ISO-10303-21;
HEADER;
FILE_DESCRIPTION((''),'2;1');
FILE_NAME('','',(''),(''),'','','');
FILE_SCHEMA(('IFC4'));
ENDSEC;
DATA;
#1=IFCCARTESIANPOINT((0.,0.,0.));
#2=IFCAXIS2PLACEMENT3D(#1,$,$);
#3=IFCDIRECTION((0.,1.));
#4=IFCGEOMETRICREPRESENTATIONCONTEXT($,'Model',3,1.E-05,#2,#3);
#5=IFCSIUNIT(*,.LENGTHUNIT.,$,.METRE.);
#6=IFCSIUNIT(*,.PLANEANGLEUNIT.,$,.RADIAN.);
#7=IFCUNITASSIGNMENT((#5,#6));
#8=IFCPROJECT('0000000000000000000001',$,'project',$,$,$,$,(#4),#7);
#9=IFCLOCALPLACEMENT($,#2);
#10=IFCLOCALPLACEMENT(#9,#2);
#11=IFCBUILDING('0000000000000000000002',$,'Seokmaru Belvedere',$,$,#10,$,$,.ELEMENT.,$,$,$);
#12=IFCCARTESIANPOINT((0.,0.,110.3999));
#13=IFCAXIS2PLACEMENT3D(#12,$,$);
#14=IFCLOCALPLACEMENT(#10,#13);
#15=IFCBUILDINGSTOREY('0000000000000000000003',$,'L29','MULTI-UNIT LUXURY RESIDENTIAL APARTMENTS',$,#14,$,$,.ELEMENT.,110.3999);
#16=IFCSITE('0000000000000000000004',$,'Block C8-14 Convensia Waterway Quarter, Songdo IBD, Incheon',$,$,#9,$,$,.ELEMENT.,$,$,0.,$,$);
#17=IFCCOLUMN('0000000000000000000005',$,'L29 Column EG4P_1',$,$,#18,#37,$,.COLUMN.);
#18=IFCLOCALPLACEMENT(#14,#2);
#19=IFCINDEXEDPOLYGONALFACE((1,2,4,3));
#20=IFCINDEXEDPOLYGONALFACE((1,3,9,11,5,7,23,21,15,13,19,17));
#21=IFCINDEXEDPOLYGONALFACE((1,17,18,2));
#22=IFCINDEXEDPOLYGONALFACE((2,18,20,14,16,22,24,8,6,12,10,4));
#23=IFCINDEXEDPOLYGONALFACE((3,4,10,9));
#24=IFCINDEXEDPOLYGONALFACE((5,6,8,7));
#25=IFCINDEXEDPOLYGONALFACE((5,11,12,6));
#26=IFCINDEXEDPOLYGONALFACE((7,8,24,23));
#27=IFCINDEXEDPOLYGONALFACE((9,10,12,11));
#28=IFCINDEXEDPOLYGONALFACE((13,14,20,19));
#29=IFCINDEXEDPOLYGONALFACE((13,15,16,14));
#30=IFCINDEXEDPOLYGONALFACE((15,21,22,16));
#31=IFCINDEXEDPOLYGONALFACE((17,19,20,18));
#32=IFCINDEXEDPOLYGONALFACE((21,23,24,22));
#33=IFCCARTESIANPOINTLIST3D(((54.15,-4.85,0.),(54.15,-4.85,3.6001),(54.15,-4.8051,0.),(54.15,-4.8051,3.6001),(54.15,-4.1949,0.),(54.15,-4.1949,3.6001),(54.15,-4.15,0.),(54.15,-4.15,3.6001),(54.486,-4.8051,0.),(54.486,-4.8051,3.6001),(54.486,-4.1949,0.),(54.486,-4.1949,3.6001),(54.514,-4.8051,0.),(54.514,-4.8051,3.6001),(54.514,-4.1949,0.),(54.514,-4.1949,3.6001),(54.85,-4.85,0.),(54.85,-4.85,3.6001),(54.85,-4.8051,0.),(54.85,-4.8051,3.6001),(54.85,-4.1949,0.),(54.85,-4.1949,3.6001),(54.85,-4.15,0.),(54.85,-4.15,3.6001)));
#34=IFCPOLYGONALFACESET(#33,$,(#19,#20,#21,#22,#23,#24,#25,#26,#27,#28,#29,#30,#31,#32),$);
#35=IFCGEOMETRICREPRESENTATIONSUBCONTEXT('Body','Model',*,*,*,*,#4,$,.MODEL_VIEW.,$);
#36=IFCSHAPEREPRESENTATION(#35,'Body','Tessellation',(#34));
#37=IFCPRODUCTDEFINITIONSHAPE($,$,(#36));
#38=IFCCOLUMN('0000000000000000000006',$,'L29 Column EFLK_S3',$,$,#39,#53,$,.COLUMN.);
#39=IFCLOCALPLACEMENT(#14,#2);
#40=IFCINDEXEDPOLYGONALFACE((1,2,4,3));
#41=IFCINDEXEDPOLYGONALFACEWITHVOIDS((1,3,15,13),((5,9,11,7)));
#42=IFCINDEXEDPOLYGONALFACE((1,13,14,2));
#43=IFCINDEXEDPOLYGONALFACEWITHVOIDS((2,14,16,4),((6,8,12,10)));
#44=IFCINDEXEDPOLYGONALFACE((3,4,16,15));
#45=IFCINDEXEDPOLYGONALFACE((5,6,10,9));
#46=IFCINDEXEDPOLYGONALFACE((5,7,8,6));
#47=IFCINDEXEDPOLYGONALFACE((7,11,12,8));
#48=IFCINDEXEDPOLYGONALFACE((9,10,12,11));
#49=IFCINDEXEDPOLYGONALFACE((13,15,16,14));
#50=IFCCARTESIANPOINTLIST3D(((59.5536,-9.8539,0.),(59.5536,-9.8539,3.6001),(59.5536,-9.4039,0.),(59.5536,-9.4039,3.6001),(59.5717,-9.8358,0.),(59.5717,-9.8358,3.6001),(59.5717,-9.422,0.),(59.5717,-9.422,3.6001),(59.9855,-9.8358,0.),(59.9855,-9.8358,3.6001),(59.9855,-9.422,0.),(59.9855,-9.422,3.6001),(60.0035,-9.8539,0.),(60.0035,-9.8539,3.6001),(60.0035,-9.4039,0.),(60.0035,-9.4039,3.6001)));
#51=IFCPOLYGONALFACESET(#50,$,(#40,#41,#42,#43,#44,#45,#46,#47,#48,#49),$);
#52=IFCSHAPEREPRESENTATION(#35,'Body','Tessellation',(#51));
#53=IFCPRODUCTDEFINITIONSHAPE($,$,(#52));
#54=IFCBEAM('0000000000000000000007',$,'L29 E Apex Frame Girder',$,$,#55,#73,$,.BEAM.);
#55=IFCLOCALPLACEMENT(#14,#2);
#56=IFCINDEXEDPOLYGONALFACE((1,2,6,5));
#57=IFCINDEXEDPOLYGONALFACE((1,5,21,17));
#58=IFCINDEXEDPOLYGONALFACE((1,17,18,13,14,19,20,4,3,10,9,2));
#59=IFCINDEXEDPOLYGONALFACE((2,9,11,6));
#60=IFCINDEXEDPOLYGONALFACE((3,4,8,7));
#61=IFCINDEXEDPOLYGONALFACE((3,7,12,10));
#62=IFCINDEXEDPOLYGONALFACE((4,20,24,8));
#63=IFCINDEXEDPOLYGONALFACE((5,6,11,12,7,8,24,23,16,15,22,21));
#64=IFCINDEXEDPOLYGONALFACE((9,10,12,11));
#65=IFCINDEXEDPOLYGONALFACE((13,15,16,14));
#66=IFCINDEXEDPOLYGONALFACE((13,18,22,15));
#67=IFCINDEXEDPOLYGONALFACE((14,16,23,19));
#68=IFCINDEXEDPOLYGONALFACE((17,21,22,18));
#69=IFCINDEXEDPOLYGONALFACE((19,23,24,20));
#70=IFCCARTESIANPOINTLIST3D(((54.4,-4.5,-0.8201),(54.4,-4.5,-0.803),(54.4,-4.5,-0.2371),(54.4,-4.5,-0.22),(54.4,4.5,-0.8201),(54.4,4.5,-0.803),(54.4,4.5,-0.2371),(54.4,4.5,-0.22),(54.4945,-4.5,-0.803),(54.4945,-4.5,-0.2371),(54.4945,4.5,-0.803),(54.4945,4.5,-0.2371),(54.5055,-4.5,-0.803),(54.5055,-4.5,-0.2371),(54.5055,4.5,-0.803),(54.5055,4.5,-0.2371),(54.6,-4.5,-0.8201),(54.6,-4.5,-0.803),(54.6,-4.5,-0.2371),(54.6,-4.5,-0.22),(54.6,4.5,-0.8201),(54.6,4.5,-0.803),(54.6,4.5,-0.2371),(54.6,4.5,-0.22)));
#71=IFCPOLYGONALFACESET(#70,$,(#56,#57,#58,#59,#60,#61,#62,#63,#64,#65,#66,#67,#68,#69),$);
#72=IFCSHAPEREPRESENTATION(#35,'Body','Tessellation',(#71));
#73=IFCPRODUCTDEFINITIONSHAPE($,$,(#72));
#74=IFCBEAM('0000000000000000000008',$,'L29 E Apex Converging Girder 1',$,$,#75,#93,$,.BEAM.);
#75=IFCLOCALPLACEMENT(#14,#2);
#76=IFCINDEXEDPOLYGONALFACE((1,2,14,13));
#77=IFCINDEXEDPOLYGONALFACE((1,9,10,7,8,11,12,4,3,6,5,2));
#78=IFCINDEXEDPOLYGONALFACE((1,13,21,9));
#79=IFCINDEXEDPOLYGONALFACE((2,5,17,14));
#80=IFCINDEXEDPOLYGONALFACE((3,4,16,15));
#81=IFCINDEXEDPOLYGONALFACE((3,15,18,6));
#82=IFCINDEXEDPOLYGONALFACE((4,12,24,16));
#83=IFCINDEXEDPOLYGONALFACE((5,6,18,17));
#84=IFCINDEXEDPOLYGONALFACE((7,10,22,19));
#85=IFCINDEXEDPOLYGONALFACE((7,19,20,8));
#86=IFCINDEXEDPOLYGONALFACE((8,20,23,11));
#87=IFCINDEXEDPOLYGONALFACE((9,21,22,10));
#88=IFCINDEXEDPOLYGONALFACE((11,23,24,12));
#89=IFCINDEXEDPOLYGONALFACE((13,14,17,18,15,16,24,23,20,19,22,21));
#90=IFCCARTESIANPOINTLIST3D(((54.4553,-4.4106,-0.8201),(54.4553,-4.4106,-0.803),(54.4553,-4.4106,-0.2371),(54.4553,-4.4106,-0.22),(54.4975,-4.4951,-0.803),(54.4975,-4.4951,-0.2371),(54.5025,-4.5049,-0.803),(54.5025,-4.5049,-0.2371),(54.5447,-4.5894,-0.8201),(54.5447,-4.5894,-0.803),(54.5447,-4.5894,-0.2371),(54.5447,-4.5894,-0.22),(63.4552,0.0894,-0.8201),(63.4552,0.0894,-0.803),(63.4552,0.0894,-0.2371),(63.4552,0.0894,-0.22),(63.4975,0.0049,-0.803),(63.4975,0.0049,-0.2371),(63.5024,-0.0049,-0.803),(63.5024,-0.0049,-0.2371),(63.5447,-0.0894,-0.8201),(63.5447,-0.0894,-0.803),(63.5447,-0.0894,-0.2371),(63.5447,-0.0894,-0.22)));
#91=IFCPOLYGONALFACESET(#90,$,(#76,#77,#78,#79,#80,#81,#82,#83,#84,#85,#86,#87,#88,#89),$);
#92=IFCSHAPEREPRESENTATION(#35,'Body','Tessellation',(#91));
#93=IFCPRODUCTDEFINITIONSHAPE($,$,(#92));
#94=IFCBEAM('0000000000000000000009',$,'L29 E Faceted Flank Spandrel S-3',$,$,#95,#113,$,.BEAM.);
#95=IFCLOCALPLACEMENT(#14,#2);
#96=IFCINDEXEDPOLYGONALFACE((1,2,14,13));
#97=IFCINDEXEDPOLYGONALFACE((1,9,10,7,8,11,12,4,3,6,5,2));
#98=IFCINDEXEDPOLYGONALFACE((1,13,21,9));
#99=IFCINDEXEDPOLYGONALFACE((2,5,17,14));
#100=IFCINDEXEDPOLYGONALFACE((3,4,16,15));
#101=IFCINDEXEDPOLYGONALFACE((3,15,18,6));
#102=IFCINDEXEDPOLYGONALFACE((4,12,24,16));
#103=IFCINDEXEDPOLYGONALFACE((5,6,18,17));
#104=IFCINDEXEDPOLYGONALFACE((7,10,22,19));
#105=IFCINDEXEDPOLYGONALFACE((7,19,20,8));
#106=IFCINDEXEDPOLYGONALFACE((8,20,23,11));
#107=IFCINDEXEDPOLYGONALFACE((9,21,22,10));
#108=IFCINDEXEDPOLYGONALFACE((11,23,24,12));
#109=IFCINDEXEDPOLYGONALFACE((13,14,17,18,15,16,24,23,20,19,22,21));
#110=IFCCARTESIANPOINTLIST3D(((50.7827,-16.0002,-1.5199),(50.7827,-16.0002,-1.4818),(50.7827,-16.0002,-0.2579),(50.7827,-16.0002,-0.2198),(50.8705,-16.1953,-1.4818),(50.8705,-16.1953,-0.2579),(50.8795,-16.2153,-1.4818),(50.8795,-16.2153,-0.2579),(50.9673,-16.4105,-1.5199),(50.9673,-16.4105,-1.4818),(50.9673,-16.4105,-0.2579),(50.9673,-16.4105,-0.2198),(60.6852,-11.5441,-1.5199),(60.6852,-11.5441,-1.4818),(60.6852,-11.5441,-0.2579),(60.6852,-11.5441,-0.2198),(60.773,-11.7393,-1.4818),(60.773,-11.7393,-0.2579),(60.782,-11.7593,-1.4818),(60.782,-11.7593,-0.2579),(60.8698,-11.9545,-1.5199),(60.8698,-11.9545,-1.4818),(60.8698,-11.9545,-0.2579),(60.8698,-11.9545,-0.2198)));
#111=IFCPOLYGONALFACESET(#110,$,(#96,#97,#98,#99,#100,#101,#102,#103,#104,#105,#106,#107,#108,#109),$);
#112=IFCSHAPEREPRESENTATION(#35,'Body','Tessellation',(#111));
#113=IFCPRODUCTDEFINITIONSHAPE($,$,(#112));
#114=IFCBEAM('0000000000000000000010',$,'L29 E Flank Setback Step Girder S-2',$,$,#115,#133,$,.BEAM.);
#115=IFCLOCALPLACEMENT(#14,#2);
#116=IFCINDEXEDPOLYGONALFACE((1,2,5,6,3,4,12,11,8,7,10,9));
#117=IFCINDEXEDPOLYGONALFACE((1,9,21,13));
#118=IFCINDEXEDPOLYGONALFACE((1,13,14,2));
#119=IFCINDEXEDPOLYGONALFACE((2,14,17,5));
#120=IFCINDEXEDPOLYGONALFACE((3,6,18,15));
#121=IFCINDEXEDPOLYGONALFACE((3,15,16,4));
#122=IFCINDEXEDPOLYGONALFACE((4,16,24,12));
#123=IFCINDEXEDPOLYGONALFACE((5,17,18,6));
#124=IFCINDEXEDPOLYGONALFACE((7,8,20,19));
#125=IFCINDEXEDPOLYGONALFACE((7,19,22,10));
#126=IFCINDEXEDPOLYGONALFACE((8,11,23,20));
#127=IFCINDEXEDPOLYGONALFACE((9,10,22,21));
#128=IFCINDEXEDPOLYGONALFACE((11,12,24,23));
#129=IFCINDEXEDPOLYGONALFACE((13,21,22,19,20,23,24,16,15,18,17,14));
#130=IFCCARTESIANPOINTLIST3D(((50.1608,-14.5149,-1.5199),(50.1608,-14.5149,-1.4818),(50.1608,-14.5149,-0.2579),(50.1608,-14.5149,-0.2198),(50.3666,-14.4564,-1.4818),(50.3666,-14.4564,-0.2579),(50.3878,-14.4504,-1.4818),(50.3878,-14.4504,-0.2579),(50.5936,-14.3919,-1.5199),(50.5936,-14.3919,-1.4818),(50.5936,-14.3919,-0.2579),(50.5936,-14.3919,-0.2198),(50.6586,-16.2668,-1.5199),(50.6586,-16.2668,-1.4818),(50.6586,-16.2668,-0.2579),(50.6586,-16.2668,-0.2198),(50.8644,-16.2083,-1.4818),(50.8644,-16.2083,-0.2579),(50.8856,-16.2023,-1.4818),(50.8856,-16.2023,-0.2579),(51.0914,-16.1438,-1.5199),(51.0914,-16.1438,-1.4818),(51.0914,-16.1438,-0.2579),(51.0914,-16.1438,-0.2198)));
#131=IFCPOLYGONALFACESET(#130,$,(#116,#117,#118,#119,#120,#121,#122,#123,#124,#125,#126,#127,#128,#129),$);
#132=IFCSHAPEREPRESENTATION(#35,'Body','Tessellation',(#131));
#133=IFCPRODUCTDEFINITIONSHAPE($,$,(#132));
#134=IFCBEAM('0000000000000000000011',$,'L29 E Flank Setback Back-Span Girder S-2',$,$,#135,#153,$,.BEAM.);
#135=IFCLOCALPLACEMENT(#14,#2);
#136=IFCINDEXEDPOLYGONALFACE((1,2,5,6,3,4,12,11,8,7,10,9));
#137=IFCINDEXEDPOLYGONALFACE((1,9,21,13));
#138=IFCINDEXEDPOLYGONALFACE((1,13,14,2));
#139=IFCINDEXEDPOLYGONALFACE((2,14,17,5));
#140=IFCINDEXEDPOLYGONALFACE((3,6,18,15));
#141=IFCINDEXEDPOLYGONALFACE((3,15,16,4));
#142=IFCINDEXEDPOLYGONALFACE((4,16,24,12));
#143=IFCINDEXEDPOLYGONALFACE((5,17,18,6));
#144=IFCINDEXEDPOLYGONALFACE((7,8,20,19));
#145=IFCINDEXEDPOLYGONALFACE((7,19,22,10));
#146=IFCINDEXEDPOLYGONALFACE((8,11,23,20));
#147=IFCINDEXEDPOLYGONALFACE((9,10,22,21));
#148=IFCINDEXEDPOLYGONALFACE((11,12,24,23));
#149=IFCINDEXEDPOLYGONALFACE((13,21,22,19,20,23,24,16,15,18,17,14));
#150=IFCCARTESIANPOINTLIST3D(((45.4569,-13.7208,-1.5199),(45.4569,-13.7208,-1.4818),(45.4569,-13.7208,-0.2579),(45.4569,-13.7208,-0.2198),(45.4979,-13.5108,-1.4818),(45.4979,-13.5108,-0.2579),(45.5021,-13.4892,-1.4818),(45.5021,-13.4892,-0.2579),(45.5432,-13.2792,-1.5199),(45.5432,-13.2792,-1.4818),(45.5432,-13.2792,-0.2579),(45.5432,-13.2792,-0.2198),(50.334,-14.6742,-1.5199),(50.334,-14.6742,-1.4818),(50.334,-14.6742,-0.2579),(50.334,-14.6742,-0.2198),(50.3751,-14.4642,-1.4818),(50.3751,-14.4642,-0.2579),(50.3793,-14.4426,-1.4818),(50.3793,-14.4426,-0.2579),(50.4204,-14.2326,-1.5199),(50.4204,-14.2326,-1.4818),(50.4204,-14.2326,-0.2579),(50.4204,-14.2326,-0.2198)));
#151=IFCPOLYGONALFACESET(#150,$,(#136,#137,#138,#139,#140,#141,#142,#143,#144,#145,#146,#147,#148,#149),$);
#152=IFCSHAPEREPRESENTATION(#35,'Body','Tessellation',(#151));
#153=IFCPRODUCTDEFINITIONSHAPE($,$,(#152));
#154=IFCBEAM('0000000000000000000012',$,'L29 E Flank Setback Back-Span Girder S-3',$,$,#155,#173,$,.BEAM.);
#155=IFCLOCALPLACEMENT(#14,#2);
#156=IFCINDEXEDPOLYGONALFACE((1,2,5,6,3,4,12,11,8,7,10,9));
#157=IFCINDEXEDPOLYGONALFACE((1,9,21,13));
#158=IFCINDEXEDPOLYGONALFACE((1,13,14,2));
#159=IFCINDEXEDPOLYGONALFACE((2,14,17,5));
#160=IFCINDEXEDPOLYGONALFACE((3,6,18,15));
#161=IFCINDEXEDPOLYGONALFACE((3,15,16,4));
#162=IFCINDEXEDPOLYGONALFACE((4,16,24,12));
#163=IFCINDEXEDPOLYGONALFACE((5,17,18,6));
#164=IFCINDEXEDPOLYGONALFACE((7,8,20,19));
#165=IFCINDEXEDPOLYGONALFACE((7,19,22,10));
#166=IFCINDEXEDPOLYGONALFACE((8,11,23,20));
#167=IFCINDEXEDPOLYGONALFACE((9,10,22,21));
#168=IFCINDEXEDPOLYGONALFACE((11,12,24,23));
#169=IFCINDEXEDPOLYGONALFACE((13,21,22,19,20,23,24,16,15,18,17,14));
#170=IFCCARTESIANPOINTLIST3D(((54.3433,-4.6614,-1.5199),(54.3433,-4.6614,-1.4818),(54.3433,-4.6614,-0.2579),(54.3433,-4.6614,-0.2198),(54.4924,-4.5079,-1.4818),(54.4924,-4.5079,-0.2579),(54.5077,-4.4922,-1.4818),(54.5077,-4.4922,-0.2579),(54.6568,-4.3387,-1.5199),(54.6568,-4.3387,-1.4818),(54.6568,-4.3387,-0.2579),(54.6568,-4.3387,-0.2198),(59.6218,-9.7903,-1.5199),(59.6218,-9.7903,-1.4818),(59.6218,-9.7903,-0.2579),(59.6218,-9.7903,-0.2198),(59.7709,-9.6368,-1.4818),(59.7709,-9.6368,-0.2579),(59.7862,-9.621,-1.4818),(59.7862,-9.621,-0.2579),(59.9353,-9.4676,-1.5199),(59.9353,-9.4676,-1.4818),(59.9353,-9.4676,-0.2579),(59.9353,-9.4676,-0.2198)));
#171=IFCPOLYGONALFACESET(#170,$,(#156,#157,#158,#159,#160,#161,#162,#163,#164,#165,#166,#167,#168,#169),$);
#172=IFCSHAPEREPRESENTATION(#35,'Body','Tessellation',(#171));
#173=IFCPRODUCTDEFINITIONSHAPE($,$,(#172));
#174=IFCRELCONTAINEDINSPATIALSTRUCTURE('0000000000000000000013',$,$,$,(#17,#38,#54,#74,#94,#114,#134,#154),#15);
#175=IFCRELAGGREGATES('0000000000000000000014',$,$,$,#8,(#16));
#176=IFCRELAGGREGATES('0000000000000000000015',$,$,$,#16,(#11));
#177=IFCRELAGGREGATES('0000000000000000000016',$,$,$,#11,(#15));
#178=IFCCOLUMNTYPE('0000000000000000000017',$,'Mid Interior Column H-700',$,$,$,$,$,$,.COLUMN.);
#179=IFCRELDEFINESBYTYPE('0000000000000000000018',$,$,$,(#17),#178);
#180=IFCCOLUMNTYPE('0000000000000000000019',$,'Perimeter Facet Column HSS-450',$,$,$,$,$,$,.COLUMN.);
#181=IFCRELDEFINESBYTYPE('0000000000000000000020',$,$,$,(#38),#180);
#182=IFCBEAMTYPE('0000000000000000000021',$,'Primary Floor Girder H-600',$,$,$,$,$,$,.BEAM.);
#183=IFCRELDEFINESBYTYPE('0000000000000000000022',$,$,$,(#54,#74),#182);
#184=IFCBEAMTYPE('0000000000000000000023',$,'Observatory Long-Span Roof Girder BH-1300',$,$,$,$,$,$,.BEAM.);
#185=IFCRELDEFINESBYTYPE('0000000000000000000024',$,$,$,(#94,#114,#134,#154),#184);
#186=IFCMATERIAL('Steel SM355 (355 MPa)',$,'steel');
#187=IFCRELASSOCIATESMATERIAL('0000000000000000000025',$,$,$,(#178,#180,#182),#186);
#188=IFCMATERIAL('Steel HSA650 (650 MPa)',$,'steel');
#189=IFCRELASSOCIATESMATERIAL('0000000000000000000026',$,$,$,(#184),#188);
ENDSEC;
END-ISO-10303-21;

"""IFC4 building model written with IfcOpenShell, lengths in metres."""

from ifc_helpers import new_model, si_unit, direction, frame, origin, origin_2d, place, context, subcontext, project, spatial, hollow_rectangle, i_section, extrude, source, transform, mapped, material, material_profile, profile_set, type_object, type_shapes, element, save


model = new_model("IFC4")

# Units and contexts
model_context = context("Model", 3, precision=1e-05, world=origin(), true_north=direction((0.0, 1.0)))
body_context = subcontext(model_context, "Body", "Model", "MODEL_VIEW")
ifc_project = project(units=[si_unit("LENGTHUNIT", "METRE"), si_unit("PLANEANGLEUNIT", "RADIAN")], contexts=[model_context])

# Site, building, storey
site_placement = place(None, origin())
site = spatial("IfcSite", under=ifc_project, at=site_placement, Name="Block C8-14 Convensia Waterway Quarter, Songdo IBD, Incheon", CompositionType="ELEMENT", RefElevation=0.0)
building_placement = place(site_placement, origin())
building = spatial("IfcBuilding", under=site, at=building_placement, Name="Seokmaru Belvedere", CompositionType="ELEMENT")
storey_placement = place(building_placement, frame((0.0, 0.0, 110.3999)))
storey = spatial("IfcBuildingStorey", under=building, at=storey_placement, Name="L29", Description="MULTI-UNIT LUXURY RESIDENTIAL APARTMENTS", CompositionType="ELEMENT", Elevation=110.3999)

# Columns
ifc_material_1 = material(Name="Steel SM355 (355 MPa)", Category="steel")
ifc_material_profile_1 = material_profile(ifc_material_1, i_section(OverallWidth=0.7, OverallDepth=0.7, WebThickness=0.0281, FlangeThickness=0.0449, at=origin_2d()), Name="H-700x700x28x45")
ifc_profile_set_1 = profile_set([ifc_material_profile_1], Name="Steel SM355 (355 MPa)")
column_type_1 = type_object("IfcColumnType", Name="Mid Interior Column H-700", PredefinedType="COLUMN", material=ifc_profile_set_1)
shared_shape_1 = source(origin(), body_context, "Body", "SweptSolid", [
    extrude(i_section(OverallWidth=0.7, OverallDepth=0.7, WebThickness=0.0281, FlangeThickness=0.0449, at=origin_2d()), origin(), (0.0, 0.0, 1.0), 3.6001),
])
type_shapes(column_type_1, [shared_shape_1])
column_1_placement = place(storey_placement, frame((54.5, -4.5, 0.0), z_axis=(0.0, 0.0, 1.0), x_axis=(1.0, 0.0, 0.0)))
element("IfcColumn", 1, at=column_1_placement, inside=storey, type_object=column_type_1, Name="L29 Column EG4P_1", PredefinedType="COLUMN", context=body_context, shape_type="MappedRepresentation", body=[
    mapped(shared_shape_1, transform((0.0, 0.0, 0.0), scale=1.0)),
])
ifc_material_profile_2 = material_profile(ifc_material_1, hollow_rectangle(XDim=0.45, YDim=0.45, WallThickness=0.0181, at=origin_2d()), Name="HSS-450x450x18")
ifc_profile_set_2 = profile_set([ifc_material_profile_2], Name="Steel SM355 (355 MPa)")
column_type_2 = type_object("IfcColumnType", Name="Perimeter Facet Column HSS-450", PredefinedType="COLUMN", material=ifc_profile_set_2)
shared_shape_2 = source(origin(), body_context, "Body", "SweptSolid", [
    extrude(hollow_rectangle(XDim=0.45, YDim=0.45, WallThickness=0.0181, at=origin_2d()), origin(), (0.0, 0.0, 1.0), 3.6001),
])
type_shapes(column_type_2, [shared_shape_2])
column_2_placement = place(storey_placement, frame((59.7786, -9.6289, 0.0), z_axis=(0.0, 0.0, 1.0), x_axis=(1.0, 0.0, 0.0)))
element("IfcColumn", 2, at=column_2_placement, inside=storey, type_object=column_type_2, Name="L29 Column EFLK_S3", PredefinedType="COLUMN", context=body_context, shape_type="MappedRepresentation", body=[
    mapped(shared_shape_2, transform((0.0, 0.0, 0.0), scale=1.0)),
])

# Beams
ifc_material_profile_3 = material_profile(ifc_material_1, i_section(OverallWidth=0.2, OverallDepth=0.6001, WebThickness=0.011, FlangeThickness=0.0171, at=origin_2d()), Name="H-600x200x11x17")
ifc_profile_set_3 = profile_set([ifc_material_profile_3], Name="Steel SM355 (355 MPa)")
beam_type_1 = type_object("IfcBeamType", Name="Primary Floor Girder H-600", PredefinedType="BEAM", material=ifc_profile_set_3)
shared_shape_3 = source(origin(), body_context, "Body", "SweptSolid", [
    extrude(i_section(OverallWidth=0.2, OverallDepth=0.6001, WebThickness=0.011, FlangeThickness=0.0171, at=origin_2d()), origin(), (0.0, 0.0, 1.0), 9.0),
])
beam_1_placement = place(storey_placement, frame((54.5, -4.5, -0.52), z_axis=(0.0, 1.0, 0.0), x_axis=(-1.0, 0.0, 0.0)))
element("IfcBeam", 3, at=beam_1_placement, inside=storey, type_object=beam_type_1, Name="L29 E Apex Frame Girder", PredefinedType="BEAM", context=body_context, shape_type="MappedRepresentation", body=[
    mapped(shared_shape_3, transform((0.0, 0.0, 0.0), scale=1.0)),
])
shared_shape_4 = source(origin(), body_context, "Body", "SweptSolid", [
    extrude(i_section(OverallWidth=0.2, OverallDepth=0.6001, WebThickness=0.011, FlangeThickness=0.0171, at=origin_2d()), origin(), (0.0, 0.0, 1.0), 10.0623),
])
type_shapes(beam_type_1, [shared_shape_3, shared_shape_4])
beam_2_placement = place(storey_placement, frame((54.5, -4.5, -0.52), z_axis=(0.894427, 0.447214, 0.0), x_axis=(-0.447214, 0.894427, 0.0)))
element("IfcBeam", 4, at=beam_2_placement, inside=storey, type_object=beam_type_1, Name="L29 E Apex Converging Girder 1", PredefinedType="BEAM", context=body_context, shape_type="MappedRepresentation", body=[
    mapped(shared_shape_4, transform((0.0, 0.0, 0.0), scale=1.0)),
])
ifc_material_2 = material(Name="Steel HSA650 (650 MPa)", Category="steel")
ifc_material_profile_4 = material_profile(ifc_material_2, i_section(OverallWidth=0.45, OverallDepth=1.3, WebThickness=0.022, FlangeThickness=0.0381, at=origin_2d()), Name="BH-1300x450x22x38")
ifc_profile_set_4 = profile_set([ifc_material_profile_4], Name="Steel HSA650 (650 MPa)")
beam_type_2 = type_object("IfcBeamType", Name="Observatory Long-Span Roof Girder BH-1300", PredefinedType="BEAM", material=ifc_profile_set_4)
shared_shape_5 = source(origin(), body_context, "Body", "SweptSolid", [
    extrude(i_section(OverallWidth=0.45, OverallDepth=1.3, WebThickness=0.022, FlangeThickness=0.0381, at=origin_2d()), origin(), (0.0, 0.0, 1.0), 10.8589),
])
beam_3_placement = place(storey_placement, frame((50.875, -16.2053, -0.8699), z_axis=(0.911925, 0.410356, 0.0), x_axis=(-0.410356, 0.911925, 0.0)))
element("IfcBeam", 5, at=beam_3_placement, inside=storey, type_object=beam_type_2, Name="L29 E Faceted Flank Spandrel S-3", PredefinedType="BEAM", context=body_context, shape_type="MappedRepresentation", body=[
    mapped(shared_shape_5, transform((0.0, 0.0, 0.0), scale=1.0)),
])
shared_shape_6 = source(origin(), body_context, "Body", "SweptSolid", [
    extrude(i_section(OverallWidth=0.45, OverallDepth=1.3, WebThickness=0.022, FlangeThickness=0.0381, at=origin_2d()), origin(), (0.0, 0.0, 1.0), 1.8213),
])
beam_4_placement = place(storey_placement, frame((50.875, -16.2053, -0.8699), z_axis=(-0.273322, 0.961923, 0.0), x_axis=(-0.961923, -0.273322, 0.0)))
element("IfcBeam", 6, at=beam_4_placement, inside=storey, type_object=beam_type_2, Name="L29 E Flank Setback Step Girder S-2", PredefinedType="BEAM", context=body_context, shape_type="MappedRepresentation", body=[
    mapped(shared_shape_6, transform((0.0, 0.0, 0.0), scale=1.0)),
])
shared_shape_7 = source(origin(), body_context, "Body", "SweptSolid", [
    extrude(i_section(OverallWidth=0.45, OverallDepth=1.3, WebThickness=0.022, FlangeThickness=0.0381, at=origin_2d()), origin(), (0.0, 0.0, 1.0), 4.9695),
])
beam_5_placement = place(storey_placement, frame((50.3772, -14.4534, -0.8699), z_axis=(-0.981425, 0.191844, 0.0), x_axis=(-0.191844, -0.981425, 0.0)))
element("IfcBeam", 7, at=beam_5_placement, inside=storey, type_object=beam_type_2, Name="L29 E Flank Setback Back-Span Girder S-2", PredefinedType="BEAM", context=body_context, shape_type="MappedRepresentation", body=[
    mapped(shared_shape_7, transform((0.0, 0.0, 0.0), scale=1.0)),
])
shared_shape_8 = source(origin(), body_context, "Body", "SweptSolid", [
    extrude(i_section(OverallWidth=0.45, OverallDepth=1.3, WebThickness=0.022, FlangeThickness=0.0381, at=origin_2d()), origin(), (0.0, 0.0, 1.0), 7.3599),
])
type_shapes(beam_type_2, [shared_shape_5, shared_shape_6, shared_shape_7, shared_shape_8])
beam_6_placement = place(storey_placement, frame((59.7786, -9.6289, -0.8699), z_axis=(-0.717201, 0.696867, 0.0), x_axis=(-0.696867, -0.717201, 0.0)))
element("IfcBeam", 8, at=beam_6_placement, inside=storey, type_object=beam_type_2, Name="L29 E Flank Setback Back-Span Girder S-3", PredefinedType="BEAM", context=body_context, shape_type="MappedRepresentation", body=[
    mapped(shared_shape_8, transform((0.0, 0.0, 0.0), scale=1.0)),
])

save(model, "model.ifc")
